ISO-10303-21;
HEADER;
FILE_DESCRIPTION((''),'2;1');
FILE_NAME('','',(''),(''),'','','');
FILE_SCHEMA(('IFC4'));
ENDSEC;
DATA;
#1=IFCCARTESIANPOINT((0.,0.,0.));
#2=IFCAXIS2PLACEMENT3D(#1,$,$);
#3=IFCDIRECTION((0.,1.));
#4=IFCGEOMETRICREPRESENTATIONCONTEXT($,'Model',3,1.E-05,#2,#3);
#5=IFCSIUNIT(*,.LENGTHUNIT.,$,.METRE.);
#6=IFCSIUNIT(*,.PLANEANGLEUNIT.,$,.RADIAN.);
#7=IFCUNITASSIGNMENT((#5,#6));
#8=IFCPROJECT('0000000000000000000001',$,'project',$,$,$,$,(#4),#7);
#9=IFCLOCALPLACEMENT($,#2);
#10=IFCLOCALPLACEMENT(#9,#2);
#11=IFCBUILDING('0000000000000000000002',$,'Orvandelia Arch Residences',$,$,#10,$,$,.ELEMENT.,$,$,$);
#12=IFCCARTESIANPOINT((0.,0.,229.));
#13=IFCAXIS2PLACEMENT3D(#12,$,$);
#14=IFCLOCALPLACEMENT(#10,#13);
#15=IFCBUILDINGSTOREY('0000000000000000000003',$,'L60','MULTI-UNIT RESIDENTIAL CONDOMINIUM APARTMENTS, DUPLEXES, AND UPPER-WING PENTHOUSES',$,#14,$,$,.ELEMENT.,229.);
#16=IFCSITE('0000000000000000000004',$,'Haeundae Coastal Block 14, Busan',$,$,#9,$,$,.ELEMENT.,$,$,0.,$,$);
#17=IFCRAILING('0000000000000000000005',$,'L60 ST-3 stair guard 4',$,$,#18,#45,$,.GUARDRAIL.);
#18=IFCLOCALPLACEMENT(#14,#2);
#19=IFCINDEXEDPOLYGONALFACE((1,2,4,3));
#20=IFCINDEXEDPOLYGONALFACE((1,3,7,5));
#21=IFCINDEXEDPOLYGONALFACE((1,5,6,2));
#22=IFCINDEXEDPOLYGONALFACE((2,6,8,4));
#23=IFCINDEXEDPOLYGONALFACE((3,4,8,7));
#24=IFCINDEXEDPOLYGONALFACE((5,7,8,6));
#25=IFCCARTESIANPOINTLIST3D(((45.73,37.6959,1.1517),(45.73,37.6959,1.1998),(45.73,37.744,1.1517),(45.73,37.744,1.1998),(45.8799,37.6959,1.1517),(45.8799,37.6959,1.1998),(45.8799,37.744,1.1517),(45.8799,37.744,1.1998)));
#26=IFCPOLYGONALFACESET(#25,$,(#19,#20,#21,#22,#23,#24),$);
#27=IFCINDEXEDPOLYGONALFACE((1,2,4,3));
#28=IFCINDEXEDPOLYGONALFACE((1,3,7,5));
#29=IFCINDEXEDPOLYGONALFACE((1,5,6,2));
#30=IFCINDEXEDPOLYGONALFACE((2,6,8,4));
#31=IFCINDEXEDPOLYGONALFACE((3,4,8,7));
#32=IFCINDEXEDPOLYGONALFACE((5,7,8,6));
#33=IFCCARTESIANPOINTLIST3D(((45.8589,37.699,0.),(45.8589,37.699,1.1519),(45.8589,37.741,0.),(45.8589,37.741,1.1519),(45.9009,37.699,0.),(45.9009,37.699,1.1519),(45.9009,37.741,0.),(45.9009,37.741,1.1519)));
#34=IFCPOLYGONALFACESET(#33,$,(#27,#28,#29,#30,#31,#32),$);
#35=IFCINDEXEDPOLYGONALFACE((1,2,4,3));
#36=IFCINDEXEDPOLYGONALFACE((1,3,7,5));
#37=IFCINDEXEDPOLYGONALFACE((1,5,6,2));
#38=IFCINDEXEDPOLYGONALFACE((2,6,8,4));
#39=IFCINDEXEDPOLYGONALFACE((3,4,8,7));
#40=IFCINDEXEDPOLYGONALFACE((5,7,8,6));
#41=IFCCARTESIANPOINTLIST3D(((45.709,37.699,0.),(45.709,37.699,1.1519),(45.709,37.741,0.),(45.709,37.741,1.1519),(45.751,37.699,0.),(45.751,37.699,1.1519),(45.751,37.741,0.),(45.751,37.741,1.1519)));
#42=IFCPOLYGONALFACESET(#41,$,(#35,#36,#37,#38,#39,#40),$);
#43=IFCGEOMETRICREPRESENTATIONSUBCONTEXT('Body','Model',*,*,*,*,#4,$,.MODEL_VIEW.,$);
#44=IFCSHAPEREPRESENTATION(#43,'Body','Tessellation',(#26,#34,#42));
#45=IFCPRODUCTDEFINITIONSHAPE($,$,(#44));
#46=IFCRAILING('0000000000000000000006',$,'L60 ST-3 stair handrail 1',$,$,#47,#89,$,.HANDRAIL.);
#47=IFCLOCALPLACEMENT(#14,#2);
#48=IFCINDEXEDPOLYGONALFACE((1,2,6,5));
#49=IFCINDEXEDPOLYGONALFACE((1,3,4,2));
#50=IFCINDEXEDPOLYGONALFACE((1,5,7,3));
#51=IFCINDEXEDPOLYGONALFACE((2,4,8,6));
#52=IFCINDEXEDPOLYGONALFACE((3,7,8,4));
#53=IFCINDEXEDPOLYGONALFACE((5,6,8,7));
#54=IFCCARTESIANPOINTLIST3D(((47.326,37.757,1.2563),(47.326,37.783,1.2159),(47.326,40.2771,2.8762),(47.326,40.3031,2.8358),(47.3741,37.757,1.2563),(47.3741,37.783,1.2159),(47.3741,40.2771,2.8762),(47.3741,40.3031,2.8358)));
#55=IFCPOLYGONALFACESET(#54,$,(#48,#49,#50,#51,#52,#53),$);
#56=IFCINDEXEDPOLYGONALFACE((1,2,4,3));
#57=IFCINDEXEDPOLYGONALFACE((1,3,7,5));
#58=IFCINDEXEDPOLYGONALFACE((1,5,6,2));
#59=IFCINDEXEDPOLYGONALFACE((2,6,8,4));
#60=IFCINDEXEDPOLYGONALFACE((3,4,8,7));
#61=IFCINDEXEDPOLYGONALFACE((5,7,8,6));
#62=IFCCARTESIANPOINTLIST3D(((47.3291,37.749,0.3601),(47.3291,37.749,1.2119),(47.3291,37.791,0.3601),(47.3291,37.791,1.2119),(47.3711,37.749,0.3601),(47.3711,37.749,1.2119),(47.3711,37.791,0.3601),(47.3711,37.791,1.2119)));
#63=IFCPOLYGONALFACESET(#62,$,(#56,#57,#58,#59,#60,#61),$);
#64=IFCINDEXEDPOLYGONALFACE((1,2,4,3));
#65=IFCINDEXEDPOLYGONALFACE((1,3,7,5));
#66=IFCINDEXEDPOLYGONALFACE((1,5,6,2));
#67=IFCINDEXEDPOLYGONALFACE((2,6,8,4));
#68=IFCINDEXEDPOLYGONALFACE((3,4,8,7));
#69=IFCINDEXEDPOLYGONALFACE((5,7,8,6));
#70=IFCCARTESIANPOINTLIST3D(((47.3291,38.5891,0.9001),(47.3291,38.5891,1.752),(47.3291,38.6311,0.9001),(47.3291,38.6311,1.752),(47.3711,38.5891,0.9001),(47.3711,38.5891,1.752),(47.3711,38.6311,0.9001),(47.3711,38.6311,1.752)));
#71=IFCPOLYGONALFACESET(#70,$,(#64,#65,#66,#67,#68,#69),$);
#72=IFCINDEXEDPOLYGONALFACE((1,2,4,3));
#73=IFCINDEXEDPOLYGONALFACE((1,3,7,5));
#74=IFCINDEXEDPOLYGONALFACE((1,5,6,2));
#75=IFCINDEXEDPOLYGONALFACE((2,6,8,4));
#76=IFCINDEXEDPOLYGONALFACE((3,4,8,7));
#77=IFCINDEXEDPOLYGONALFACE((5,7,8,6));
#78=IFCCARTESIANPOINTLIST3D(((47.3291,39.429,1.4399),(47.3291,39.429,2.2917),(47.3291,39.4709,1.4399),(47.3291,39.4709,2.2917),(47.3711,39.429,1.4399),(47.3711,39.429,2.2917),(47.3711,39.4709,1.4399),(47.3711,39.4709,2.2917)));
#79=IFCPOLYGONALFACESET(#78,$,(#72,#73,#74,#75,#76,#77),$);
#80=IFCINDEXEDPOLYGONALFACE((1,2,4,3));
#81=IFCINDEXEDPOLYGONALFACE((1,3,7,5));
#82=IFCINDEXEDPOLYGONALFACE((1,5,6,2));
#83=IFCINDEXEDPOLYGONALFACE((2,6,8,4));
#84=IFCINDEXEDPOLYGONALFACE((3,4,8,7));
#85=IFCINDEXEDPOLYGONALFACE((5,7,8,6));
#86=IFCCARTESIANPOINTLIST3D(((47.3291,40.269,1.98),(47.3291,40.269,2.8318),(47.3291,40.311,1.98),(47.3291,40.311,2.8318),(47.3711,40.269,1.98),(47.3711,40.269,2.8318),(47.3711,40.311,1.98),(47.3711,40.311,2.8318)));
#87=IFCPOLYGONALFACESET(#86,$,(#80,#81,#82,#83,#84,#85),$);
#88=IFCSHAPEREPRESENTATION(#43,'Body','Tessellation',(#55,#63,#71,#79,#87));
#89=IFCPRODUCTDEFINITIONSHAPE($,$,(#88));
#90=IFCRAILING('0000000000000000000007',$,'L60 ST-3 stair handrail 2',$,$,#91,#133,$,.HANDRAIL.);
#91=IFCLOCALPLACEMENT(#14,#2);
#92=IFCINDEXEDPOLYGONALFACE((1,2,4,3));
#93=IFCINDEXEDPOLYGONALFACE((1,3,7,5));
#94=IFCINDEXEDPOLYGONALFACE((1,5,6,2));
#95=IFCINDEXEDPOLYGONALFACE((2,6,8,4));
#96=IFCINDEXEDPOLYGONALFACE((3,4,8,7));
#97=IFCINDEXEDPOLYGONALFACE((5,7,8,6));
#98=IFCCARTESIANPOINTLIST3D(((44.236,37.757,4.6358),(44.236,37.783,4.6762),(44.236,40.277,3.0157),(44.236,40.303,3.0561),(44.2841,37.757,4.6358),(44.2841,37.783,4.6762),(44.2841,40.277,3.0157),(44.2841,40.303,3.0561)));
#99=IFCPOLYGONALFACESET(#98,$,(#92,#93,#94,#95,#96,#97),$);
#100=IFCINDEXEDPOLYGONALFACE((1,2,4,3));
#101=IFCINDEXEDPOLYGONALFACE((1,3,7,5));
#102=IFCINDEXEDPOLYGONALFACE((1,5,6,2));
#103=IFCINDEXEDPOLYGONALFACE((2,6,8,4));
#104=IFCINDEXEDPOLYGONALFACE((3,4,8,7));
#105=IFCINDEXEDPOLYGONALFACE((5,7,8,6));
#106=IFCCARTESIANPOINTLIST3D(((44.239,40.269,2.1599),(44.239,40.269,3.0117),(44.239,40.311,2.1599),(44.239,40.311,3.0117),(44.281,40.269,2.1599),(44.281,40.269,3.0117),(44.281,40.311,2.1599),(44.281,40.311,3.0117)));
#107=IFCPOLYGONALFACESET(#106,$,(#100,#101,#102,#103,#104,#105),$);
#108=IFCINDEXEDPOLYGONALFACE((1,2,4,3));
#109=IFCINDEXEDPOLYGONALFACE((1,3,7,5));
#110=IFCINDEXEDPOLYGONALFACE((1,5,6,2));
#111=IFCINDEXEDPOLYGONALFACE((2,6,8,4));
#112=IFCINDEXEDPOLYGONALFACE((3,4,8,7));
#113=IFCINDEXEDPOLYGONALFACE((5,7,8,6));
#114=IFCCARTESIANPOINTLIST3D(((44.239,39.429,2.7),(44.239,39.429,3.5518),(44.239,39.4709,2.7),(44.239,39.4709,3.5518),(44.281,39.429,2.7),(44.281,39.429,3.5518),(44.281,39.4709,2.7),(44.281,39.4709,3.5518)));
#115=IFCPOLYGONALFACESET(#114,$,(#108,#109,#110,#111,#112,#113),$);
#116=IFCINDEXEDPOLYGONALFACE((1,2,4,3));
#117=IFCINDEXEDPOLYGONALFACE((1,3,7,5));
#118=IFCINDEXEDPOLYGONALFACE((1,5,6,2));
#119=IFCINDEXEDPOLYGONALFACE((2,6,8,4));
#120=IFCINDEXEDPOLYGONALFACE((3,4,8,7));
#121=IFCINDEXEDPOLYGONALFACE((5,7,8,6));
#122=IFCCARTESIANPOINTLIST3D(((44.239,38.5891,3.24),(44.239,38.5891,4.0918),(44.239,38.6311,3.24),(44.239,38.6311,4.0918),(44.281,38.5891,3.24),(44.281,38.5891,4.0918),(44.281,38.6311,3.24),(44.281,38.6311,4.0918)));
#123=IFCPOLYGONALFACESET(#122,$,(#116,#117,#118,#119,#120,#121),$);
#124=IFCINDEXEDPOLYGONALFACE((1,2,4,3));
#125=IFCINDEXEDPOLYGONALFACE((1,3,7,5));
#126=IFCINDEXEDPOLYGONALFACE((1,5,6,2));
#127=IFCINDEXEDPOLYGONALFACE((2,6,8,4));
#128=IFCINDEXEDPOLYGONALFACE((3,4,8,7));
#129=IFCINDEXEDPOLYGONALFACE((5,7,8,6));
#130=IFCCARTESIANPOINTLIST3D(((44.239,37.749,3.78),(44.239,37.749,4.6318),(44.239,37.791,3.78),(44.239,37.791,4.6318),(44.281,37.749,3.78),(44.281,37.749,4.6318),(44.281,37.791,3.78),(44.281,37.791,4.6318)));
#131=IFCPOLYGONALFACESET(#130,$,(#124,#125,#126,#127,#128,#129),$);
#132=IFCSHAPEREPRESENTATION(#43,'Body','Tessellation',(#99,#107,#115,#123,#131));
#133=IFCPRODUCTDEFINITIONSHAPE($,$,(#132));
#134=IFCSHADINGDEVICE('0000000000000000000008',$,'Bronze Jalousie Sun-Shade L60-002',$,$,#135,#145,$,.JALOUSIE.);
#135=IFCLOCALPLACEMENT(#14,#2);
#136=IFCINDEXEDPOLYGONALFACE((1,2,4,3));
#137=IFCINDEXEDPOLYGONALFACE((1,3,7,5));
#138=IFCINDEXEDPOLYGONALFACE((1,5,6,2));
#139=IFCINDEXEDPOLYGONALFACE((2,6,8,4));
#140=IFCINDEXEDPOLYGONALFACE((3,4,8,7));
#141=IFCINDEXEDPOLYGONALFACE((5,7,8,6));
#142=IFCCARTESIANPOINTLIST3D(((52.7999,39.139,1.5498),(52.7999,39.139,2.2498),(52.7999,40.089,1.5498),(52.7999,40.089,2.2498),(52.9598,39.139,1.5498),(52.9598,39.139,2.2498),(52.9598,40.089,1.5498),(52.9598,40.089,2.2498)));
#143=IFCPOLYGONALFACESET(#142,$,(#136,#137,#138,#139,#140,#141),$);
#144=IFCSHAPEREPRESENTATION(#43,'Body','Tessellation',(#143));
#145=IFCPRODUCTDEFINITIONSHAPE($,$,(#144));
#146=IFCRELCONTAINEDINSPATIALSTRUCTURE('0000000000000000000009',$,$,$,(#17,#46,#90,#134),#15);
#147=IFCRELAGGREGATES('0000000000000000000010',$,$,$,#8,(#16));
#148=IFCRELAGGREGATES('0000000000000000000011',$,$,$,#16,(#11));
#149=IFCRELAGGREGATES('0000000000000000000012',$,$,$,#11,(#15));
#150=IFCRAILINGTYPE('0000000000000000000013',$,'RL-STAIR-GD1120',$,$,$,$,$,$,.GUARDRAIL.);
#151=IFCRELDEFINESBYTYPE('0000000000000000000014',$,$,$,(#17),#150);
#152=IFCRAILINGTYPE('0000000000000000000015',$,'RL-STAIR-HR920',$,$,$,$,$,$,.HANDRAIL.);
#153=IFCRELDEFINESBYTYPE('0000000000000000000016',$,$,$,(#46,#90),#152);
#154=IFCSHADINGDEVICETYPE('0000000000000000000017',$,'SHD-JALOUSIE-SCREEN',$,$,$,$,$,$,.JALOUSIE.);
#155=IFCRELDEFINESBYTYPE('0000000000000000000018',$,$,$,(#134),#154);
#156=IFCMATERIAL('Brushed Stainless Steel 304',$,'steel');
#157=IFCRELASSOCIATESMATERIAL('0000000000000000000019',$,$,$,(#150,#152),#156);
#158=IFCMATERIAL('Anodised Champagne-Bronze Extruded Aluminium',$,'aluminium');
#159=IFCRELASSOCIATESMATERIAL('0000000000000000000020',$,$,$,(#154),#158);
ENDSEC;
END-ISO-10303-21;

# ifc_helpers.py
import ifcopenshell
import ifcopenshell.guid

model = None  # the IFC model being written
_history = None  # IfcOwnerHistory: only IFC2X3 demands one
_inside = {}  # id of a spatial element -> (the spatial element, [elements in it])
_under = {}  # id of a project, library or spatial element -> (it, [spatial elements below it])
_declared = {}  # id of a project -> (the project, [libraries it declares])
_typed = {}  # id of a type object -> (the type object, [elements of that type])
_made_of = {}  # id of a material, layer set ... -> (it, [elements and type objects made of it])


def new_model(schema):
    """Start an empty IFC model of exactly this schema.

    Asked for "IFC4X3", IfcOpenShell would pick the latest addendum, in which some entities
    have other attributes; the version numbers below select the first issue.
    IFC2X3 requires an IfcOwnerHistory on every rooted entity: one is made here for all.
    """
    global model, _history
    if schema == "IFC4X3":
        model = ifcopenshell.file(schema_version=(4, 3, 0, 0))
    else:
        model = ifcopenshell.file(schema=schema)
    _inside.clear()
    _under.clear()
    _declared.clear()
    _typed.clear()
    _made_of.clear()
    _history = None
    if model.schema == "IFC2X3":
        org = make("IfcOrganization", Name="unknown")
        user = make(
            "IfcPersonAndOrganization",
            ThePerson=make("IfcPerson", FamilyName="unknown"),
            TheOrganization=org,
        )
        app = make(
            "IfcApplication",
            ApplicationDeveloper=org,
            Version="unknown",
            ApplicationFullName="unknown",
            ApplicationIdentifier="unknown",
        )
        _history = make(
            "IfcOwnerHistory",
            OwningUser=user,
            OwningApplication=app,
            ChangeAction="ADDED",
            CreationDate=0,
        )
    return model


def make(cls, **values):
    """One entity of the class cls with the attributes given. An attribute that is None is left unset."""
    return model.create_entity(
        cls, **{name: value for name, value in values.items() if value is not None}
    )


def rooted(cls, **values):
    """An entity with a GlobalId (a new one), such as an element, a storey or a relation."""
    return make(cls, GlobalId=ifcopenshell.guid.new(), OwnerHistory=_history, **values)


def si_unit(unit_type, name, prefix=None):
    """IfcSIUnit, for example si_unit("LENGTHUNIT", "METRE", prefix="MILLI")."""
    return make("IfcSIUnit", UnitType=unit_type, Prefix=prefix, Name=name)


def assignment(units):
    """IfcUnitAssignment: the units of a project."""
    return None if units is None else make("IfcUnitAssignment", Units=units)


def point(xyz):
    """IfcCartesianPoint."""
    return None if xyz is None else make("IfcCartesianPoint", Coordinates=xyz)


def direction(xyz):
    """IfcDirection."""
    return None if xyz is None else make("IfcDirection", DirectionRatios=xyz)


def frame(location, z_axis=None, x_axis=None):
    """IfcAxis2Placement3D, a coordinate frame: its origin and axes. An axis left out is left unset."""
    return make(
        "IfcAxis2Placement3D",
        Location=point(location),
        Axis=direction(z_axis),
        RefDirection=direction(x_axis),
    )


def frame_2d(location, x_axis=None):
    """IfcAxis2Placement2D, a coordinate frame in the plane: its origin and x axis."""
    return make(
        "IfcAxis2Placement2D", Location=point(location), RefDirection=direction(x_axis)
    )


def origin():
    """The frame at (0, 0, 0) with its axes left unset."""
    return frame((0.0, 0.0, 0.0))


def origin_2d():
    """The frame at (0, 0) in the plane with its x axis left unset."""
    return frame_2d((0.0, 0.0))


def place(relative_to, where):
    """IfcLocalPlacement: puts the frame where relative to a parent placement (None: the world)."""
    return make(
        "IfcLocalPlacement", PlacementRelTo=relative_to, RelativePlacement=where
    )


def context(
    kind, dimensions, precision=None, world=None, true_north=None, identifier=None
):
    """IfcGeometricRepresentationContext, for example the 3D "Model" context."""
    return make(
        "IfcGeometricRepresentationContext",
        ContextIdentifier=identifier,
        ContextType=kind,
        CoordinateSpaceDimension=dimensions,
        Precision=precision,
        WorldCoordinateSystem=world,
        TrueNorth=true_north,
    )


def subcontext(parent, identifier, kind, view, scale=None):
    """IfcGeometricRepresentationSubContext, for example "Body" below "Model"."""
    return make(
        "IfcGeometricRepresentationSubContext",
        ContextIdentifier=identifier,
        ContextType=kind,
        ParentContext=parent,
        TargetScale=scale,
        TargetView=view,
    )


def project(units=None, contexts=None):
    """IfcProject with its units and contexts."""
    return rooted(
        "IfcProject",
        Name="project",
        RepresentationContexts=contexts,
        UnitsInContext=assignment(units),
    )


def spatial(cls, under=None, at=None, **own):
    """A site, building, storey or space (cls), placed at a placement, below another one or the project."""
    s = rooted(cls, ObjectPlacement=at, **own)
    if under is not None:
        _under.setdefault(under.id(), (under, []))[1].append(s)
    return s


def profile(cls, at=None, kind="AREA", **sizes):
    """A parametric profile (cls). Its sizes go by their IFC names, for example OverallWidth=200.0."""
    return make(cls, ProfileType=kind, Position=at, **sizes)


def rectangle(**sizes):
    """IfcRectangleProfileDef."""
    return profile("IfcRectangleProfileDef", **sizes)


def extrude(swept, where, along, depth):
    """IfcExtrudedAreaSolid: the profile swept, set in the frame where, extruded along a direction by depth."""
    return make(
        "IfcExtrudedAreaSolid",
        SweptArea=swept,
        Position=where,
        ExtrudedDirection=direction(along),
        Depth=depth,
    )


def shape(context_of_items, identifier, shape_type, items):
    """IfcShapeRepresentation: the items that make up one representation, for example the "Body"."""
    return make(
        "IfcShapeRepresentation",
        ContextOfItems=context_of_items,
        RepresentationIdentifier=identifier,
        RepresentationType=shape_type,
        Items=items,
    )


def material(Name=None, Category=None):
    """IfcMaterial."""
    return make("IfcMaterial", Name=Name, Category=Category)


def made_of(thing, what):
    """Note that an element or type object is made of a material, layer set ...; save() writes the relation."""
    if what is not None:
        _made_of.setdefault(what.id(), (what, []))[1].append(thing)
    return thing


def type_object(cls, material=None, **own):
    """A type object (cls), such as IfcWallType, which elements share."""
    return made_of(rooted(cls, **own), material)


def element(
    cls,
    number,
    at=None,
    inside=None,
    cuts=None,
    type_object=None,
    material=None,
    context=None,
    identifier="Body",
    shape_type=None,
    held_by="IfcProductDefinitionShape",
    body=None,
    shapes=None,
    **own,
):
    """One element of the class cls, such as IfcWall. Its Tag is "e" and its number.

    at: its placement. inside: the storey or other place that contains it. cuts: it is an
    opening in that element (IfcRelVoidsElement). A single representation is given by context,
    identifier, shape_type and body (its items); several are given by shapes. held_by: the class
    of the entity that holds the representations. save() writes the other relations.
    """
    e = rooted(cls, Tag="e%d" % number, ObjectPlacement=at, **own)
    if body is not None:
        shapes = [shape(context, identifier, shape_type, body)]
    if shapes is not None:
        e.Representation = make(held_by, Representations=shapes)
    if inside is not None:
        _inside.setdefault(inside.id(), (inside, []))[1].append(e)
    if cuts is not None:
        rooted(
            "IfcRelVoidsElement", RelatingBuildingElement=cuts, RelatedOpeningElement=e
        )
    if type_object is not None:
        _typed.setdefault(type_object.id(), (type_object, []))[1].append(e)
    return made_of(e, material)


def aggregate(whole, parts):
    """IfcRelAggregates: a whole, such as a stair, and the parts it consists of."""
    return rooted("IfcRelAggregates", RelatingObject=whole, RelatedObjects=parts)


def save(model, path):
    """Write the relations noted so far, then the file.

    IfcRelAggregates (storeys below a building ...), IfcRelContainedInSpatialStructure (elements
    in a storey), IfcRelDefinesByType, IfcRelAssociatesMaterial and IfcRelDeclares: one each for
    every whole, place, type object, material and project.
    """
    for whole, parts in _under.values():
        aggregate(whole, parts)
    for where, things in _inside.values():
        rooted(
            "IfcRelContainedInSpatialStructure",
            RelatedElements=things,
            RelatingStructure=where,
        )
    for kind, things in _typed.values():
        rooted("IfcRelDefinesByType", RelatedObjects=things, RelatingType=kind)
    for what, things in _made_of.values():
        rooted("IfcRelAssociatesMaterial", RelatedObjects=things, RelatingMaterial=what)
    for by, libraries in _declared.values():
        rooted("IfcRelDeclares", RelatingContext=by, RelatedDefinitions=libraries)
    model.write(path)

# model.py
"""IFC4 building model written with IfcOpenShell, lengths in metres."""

from ifc_helpers import new_model, si_unit, direction, frame, origin, origin_2d, place, context, subcontext, project, spatial, rectangle, extrude, material, type_object, element, save


model = new_model("IFC4")

# Units and contexts
model_context = context("Model", 3, precision=1e-05, world=origin(), true_north=direction((0.0, 1.0)))
body_context = subcontext(model_context, "Body", "Model", "MODEL_VIEW")
ifc_project = project(units=[si_unit("LENGTHUNIT", "METRE"), si_unit("PLANEANGLEUNIT", "RADIAN")], contexts=[model_context])

# Site, building, storey
site_placement = place(None, origin())
site = spatial("IfcSite", under=ifc_project, at=site_placement, Name="Haeundae Coastal Block 14, Busan", CompositionType="ELEMENT", RefElevation=0.0)
building_placement = place(site_placement, origin())
building = spatial("IfcBuilding", under=site, at=building_placement, Name="Orvandelia Arch Residences", CompositionType="ELEMENT")
storey_placement = place(building_placement, frame((0.0, 0.0, 229.0)))
storey = spatial("IfcBuildingStorey", under=building, at=storey_placement, Name="L60", Description="MULTI-UNIT RESIDENTIAL CONDOMINIUM APARTMENTS, DUPLEXES, AND UPPER-WING PENTHOUSES", CompositionType="ELEMENT", Elevation=229.0)

# Railings
ifc_material_1 = material(Name="Brushed Stainless Steel 304", Category="steel")
railing_type_1 = type_object("IfcRailingType", Name="RL-STAIR-GD1120", PredefinedType="GUARDRAIL", material=ifc_material_1)
railing_1_placement = place(storey_placement, frame((45.8799, 37.72, 0.0)))
element("IfcRailing", 1, at=railing_1_placement, inside=storey, type_object=railing_type_1, Name="L60 ST-3 stair guard 4", PredefinedType="GUARDRAIL", context=body_context, shape_type="SweptSolid", body=[
    extrude(rectangle(XDim=0.0481, YDim=0.0481, at=origin_2d()), frame((0.0, 0.0, 1.1758), z_axis=(-1.0, 0.0, 0.0), x_axis=(0.0, -1.0, 0.0)), (0.0, 0.0, 1.0), 0.1499),
    extrude(rectangle(XDim=0.042, YDim=0.042, at=origin_2d()), origin(), (0.0, 0.0, 1.0), 1.1519),
    extrude(rectangle(XDim=0.042, YDim=0.042, at=origin_2d()), frame((-0.1499, 0.0, 0.0)), (0.0, 0.0, 1.0), 1.1519),
])
railing_type_2 = type_object("IfcRailingType", Name="RL-STAIR-HR920", PredefinedType="HANDRAIL", material=ifc_material_1)
railing_2_placement = place(storey_placement, frame((47.3501, 37.77, 0.3601)))
element("IfcRailing", 2, at=railing_2_placement, inside=storey, type_object=railing_type_2, Name="L60 ST-3 stair handrail 1", PredefinedType="HANDRAIL", context=body_context, shape_type="SweptSolid", body=[
    extrude(rectangle(XDim=0.0481, YDim=0.0481, at=origin_2d()), frame((0.0, 0.0, 0.876), z_axis=(0.0, 0.8412, 0.540725), x_axis=(-1.0, 0.0, 0.0)), (0.0, 0.0, 1.0), 2.9958),
    extrude(rectangle(XDim=0.042, YDim=0.042, at=origin_2d()), origin(), (0.0, 0.0, 1.0), 0.8518),
    extrude(rectangle(XDim=0.042, YDim=0.042, at=origin_2d()), frame((0.0, 0.8401, 0.54)), (0.0, 0.0, 1.0), 0.8518),
    extrude(rectangle(XDim=0.042, YDim=0.042, at=origin_2d()), frame((0.0, 1.6799, 1.0798)), (0.0, 0.0, 1.0), 0.8518),
    extrude(rectangle(XDim=0.042, YDim=0.042, at=origin_2d()), frame((0.0, 2.52, 1.6199)), (0.0, 0.0, 1.0), 0.8518),
])
railing_3_placement = place(storey_placement, frame((44.26, 40.29, 2.1599)))
element("IfcRailing", 3, at=railing_3_placement, inside=storey, type_object=railing_type_2, Name="L60 ST-3 stair handrail 2", PredefinedType="HANDRAIL", context=body_context, shape_type="SweptSolid", body=[
    extrude(rectangle(XDim=0.0481, YDim=0.0481, at=origin_2d()), frame((0.0, 0.0, 0.876), z_axis=(0.0, -0.841163, 0.540782), x_axis=(1.0, 0.0, 0.0)), (0.0, 0.0, 1.0), 2.9958),
    extrude(rectangle(XDim=0.042, YDim=0.042, at=origin_2d()), origin(), (0.0, 0.0, 1.0), 0.8518),
    extrude(rectangle(XDim=0.042, YDim=0.042, at=origin_2d()), frame((0.0, -0.8401, 0.54)), (0.0, 0.0, 1.0), 0.8518),
    extrude(rectangle(XDim=0.042, YDim=0.042, at=origin_2d()), frame((0.0, -1.6799, 1.0801)), (0.0, 0.0, 1.0), 0.8518),
    extrude(rectangle(XDim=0.042, YDim=0.042, at=origin_2d()), frame((0.0, -2.52, 1.6201)), (0.0, 0.0, 1.0), 0.8518),
])

# Shading device
ifc_material_2 = material(Name="Anodised Champagne-Bronze Extruded Aluminium", Category="aluminium")
shading_device_type = type_object("IfcShadingDeviceType", Name="SHD-JALOUSIE-SCREEN", PredefinedType="JALOUSIE", material=ifc_material_2)
shading_device_placement = place(storey_placement, frame((52.8799, 39.614, 1.5498), z_axis=(0.0, 0.0, 1.0), x_axis=(0.0, -1.0, 0.0)))
element("IfcShadingDevice", 4, at=shading_device_placement, inside=storey, type_object=shading_device_type, Name="Bronze Jalousie Sun-Shade L60-002", PredefinedType="JALOUSIE", context=body_context, shape_type="SweptSolid", body=[
    extrude(rectangle(XDim=0.95, YDim=0.1599, at=origin_2d()), origin(), (0.0, 0.0, 1.0), 0.7),
])

save(model, "model.ifc")
